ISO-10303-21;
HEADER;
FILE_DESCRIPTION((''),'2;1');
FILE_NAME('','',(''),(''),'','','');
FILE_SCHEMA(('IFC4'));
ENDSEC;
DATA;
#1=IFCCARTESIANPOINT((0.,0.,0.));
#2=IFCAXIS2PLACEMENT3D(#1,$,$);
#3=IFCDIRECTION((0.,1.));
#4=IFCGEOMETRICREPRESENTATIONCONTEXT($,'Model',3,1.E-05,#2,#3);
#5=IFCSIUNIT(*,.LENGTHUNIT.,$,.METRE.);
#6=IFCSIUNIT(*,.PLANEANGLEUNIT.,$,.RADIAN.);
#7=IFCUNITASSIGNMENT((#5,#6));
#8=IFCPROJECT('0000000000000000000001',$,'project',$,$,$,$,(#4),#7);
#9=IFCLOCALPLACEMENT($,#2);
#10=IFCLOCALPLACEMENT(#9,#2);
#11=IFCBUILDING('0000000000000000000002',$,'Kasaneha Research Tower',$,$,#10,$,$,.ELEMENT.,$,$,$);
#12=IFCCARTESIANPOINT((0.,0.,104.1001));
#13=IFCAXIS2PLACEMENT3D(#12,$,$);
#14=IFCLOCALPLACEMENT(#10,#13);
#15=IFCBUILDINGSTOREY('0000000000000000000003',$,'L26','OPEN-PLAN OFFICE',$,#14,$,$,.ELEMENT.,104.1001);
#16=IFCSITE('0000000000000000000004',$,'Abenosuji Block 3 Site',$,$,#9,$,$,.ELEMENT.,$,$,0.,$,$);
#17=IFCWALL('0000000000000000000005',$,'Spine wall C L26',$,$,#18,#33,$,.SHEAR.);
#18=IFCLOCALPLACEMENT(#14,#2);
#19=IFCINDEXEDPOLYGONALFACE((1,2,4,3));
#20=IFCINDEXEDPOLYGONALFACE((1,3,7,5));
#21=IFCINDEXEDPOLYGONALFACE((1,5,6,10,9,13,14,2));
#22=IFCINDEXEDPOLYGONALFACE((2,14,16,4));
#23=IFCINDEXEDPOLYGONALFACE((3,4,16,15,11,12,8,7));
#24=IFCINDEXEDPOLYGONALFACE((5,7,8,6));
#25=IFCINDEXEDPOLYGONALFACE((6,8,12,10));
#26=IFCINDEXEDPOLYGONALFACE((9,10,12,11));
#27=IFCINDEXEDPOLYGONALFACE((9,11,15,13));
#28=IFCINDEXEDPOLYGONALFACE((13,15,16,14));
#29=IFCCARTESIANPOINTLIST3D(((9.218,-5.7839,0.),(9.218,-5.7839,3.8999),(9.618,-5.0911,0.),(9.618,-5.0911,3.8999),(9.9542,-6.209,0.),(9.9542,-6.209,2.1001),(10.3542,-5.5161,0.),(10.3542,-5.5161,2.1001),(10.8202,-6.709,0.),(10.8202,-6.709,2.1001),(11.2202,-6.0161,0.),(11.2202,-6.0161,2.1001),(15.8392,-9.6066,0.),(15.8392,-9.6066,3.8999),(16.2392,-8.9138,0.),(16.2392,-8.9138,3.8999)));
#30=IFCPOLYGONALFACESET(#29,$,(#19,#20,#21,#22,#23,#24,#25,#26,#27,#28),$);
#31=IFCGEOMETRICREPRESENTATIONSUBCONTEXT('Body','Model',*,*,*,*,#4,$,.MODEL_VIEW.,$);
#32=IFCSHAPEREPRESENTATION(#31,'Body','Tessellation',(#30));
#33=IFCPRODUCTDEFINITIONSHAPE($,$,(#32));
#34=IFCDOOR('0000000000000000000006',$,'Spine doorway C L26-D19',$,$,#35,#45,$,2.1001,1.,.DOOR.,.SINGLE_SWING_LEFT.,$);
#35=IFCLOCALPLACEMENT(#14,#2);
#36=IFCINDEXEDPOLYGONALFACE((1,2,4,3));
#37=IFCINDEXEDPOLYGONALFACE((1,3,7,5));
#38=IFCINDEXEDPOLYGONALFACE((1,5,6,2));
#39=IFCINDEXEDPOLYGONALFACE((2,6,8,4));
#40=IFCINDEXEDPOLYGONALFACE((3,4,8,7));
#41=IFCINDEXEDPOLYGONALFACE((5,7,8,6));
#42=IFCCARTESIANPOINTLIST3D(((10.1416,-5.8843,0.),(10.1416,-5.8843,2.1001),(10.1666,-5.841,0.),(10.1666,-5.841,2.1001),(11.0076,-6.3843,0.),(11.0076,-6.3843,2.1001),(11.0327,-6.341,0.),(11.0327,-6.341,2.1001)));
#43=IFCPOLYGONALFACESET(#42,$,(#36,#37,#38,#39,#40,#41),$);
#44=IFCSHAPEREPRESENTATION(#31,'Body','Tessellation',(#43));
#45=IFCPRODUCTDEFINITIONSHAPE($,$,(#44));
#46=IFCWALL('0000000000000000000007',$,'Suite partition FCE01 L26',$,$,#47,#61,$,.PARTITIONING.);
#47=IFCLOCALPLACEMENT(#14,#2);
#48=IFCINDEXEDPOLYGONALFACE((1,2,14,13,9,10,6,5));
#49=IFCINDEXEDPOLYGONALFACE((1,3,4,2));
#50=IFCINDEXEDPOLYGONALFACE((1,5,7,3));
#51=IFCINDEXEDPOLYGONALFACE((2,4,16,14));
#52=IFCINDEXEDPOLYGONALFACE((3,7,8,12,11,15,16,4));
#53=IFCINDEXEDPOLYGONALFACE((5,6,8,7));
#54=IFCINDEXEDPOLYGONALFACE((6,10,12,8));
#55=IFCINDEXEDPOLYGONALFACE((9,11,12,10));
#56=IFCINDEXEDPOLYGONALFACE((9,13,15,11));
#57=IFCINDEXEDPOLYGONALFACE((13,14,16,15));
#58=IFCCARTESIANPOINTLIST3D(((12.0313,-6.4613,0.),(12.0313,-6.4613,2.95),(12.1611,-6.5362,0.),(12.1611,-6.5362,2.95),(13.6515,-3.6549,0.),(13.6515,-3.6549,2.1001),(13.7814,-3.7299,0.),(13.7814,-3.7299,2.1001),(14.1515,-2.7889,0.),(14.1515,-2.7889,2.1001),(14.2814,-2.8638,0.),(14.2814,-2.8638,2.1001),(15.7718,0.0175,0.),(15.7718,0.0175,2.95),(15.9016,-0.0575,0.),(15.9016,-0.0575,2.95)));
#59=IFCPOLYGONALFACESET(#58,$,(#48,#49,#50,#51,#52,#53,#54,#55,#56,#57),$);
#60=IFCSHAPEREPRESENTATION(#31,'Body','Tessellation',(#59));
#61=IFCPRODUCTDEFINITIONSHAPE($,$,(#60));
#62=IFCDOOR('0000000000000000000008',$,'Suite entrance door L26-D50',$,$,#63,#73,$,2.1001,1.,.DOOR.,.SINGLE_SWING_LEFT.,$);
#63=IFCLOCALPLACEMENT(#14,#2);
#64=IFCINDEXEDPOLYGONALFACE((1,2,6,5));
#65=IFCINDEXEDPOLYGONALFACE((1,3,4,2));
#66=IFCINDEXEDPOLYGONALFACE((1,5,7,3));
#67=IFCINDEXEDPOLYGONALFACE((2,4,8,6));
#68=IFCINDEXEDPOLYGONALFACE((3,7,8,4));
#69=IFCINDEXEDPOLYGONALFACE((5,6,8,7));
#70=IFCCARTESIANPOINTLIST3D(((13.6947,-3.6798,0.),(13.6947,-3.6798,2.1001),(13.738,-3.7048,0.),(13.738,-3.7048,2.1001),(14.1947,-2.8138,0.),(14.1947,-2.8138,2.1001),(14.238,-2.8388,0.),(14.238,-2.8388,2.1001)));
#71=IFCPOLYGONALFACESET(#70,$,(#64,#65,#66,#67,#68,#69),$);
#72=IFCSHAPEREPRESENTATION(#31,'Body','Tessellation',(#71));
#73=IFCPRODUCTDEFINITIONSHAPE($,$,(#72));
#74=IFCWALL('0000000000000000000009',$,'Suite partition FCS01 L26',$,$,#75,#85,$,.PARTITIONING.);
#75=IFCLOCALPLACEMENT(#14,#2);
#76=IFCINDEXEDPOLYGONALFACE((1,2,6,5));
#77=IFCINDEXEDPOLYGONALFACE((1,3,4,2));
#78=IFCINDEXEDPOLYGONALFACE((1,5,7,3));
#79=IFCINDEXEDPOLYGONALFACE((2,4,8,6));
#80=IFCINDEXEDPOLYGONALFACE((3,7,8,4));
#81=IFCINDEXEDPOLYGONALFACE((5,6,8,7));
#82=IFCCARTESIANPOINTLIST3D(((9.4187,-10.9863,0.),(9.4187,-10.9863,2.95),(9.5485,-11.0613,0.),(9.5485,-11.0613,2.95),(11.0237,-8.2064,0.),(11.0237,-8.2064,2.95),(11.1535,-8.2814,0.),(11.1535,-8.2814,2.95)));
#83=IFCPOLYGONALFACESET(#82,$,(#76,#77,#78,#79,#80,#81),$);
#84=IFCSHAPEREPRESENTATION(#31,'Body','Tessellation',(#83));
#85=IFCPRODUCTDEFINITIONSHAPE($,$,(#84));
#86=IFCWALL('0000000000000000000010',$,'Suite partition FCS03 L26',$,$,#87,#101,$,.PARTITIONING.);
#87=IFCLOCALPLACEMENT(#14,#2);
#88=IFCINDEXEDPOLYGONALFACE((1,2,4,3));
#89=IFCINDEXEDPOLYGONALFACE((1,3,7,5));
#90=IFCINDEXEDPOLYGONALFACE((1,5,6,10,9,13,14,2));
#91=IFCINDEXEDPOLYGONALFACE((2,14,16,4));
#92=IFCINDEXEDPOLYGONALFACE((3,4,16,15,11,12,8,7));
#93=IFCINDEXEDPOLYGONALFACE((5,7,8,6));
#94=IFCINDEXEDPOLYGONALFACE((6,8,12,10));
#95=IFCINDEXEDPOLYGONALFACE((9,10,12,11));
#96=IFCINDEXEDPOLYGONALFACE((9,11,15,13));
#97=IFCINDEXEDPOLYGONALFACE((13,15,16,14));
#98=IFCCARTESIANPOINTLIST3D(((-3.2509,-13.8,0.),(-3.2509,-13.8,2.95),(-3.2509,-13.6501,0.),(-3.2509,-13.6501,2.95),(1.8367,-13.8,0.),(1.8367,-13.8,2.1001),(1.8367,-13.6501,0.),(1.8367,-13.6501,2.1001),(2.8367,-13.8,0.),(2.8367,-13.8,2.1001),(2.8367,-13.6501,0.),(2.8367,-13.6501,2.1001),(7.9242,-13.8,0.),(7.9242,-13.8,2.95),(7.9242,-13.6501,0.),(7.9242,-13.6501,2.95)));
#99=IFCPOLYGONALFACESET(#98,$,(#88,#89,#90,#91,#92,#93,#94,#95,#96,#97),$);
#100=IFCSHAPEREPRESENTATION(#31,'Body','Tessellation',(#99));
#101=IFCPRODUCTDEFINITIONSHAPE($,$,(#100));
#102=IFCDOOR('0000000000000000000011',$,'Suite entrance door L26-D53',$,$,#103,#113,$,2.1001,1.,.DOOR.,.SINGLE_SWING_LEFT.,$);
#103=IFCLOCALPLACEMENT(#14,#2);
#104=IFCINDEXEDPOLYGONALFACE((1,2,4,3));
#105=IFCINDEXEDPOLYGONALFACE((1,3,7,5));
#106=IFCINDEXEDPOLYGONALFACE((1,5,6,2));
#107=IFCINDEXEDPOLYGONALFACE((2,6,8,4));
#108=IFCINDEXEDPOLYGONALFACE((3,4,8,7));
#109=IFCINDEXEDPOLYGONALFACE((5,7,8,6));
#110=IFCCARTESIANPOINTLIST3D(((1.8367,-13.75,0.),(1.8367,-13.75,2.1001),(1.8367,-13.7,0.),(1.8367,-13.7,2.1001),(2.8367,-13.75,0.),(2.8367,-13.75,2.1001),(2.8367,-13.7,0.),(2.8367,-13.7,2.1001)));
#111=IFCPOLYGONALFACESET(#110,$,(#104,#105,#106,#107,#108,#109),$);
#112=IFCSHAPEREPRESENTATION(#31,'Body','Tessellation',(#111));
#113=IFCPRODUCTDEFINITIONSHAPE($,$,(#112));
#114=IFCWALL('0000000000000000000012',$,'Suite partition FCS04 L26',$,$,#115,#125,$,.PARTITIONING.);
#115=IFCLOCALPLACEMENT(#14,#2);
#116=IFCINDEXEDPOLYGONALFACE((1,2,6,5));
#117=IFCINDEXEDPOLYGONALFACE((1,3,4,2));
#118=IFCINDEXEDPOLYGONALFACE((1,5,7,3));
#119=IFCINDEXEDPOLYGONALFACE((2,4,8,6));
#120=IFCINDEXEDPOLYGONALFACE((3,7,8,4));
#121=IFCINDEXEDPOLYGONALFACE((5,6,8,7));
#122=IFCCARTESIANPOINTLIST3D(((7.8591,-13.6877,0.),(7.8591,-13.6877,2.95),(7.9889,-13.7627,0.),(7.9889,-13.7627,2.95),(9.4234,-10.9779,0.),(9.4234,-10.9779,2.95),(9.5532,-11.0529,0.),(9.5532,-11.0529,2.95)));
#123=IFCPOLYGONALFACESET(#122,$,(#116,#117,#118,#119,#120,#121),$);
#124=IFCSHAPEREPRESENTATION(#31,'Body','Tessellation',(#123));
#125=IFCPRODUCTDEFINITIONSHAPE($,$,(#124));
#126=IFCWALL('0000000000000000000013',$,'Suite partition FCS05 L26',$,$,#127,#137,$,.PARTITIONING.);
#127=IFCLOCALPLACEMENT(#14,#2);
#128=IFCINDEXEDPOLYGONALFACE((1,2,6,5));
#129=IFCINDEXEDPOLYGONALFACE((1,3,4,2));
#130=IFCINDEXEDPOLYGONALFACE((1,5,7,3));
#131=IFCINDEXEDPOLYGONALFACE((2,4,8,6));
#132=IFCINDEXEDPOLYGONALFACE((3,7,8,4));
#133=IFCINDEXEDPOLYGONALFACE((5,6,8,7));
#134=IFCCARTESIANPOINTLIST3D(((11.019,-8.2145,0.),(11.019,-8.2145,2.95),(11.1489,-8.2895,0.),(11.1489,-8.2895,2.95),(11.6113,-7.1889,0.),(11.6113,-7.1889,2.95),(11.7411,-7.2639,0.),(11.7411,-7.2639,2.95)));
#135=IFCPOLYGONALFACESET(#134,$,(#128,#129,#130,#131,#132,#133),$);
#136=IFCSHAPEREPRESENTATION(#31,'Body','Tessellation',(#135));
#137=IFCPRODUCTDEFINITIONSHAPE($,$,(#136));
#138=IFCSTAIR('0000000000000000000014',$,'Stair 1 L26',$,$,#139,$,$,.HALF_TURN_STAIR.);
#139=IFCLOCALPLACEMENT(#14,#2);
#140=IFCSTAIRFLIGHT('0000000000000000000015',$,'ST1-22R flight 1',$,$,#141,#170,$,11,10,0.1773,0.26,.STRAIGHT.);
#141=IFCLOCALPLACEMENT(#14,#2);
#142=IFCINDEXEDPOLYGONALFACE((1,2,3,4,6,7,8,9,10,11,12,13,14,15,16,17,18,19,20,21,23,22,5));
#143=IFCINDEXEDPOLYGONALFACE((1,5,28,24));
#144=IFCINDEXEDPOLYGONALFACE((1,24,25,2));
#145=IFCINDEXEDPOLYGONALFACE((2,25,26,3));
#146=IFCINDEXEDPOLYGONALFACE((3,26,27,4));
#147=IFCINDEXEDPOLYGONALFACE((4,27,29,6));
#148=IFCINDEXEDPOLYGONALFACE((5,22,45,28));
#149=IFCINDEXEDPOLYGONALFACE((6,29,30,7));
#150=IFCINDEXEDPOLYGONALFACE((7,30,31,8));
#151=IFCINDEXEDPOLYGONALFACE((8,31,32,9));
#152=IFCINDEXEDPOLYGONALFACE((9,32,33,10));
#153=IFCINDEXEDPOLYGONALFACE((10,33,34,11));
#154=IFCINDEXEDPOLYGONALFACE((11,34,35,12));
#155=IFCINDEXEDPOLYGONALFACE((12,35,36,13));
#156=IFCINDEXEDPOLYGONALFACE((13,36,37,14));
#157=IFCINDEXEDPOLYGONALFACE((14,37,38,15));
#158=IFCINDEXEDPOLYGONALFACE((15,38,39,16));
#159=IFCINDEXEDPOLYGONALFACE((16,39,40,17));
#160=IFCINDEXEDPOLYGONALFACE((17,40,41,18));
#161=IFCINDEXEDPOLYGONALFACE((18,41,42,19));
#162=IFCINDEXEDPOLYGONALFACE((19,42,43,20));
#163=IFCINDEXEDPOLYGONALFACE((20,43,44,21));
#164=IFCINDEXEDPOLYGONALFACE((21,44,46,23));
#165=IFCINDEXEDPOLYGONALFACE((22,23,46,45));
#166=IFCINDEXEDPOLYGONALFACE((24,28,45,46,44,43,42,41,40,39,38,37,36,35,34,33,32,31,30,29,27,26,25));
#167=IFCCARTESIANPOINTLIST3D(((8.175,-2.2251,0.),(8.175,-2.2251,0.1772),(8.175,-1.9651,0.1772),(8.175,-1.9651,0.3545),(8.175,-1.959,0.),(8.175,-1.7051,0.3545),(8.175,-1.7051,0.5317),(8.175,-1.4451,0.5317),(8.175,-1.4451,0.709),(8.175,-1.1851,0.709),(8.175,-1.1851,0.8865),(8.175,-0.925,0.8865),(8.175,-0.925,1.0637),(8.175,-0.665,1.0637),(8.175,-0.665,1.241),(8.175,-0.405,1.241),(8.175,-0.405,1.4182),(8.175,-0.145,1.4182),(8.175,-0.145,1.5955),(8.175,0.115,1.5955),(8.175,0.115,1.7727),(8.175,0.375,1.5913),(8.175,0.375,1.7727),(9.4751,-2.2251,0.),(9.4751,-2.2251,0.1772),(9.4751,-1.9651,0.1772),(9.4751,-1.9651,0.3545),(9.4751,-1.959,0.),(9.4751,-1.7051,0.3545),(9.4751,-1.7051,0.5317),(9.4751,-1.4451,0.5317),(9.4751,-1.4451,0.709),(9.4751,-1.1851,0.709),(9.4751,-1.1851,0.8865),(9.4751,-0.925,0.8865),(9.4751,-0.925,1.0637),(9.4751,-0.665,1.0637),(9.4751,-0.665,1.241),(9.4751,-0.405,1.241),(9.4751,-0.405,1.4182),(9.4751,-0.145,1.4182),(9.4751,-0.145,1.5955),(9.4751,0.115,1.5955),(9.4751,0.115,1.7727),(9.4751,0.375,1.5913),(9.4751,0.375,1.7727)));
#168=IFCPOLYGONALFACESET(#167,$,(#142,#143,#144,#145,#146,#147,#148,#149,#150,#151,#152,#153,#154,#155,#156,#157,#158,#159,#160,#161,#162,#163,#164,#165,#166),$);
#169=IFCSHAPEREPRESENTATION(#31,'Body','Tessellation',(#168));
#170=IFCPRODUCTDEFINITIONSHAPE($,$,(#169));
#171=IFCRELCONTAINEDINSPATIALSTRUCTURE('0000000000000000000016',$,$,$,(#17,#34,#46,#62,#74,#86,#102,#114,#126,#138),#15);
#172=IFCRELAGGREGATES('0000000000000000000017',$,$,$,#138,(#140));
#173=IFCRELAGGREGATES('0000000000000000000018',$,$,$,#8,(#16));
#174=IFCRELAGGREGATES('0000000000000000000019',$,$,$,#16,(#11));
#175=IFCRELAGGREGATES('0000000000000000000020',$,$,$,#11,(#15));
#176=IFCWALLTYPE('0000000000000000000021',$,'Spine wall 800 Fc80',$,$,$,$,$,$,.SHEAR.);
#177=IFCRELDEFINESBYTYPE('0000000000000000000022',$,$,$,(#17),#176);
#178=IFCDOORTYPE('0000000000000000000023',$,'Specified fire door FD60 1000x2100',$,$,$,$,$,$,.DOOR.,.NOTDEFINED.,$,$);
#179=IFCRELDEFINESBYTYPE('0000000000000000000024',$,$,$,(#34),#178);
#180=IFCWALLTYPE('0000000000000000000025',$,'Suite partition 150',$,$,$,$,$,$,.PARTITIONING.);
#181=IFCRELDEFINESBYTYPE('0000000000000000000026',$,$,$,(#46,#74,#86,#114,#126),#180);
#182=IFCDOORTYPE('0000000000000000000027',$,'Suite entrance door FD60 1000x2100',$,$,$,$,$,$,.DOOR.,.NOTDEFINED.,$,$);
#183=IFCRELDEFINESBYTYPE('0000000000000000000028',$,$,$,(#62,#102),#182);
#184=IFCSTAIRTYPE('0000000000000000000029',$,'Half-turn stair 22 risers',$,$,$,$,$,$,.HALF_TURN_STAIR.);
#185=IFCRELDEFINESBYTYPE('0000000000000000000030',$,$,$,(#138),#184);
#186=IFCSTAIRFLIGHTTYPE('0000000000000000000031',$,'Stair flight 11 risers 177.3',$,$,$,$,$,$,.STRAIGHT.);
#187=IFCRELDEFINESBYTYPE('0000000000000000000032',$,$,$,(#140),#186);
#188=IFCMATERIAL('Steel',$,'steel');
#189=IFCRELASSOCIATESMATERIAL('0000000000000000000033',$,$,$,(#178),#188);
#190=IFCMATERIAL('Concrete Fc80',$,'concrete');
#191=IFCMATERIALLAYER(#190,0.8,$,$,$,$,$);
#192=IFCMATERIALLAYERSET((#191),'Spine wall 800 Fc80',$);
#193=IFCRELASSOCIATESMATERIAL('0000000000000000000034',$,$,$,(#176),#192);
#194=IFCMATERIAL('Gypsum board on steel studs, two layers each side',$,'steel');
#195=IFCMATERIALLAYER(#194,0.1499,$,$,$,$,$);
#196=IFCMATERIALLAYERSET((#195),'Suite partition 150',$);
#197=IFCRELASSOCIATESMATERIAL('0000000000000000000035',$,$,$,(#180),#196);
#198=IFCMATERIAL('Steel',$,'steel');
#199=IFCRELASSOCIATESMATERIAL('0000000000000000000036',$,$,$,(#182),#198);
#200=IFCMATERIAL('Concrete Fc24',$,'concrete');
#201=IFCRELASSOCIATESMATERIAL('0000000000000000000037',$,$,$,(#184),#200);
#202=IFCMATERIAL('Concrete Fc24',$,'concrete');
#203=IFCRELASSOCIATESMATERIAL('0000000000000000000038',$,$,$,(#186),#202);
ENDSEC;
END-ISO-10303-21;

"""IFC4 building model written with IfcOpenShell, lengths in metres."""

from ifc_helpers import new_model, si_unit, direction, frame, frame_2d, origin, place, context, subcontext, project, spatial, polyline, rectangle, outline, extrude, material, layer, layer_set, type_object, element, fill, aggregate, save


model = new_model("IFC4")

# Units and contexts
model_context = context("Model", 3, precision=1e-05, world=origin(), true_north=direction((0.0, 1.0)))
body_context = subcontext(model_context, "Body", "Model", "MODEL_VIEW")
ifc_project = project(units=[si_unit("LENGTHUNIT", "METRE"), si_unit("PLANEANGLEUNIT", "RADIAN")], contexts=[model_context])

# Site, building, storey
site_placement = place(None, origin())
site = spatial("IfcSite", under=ifc_project, at=site_placement, Name="Abenosuji Block 3 Site", CompositionType="ELEMENT", RefElevation=0.0)
building_placement = place(site_placement, origin())
building = spatial("IfcBuilding", under=site, at=building_placement, Name="Kasaneha Research Tower", CompositionType="ELEMENT")
storey_placement = place(building_placement, frame((0.0, 0.0, 104.1001)))
storey = spatial("IfcBuildingStorey", under=building, at=storey_placement, Name="L26", Description="OPEN-PLAN OFFICE", CompositionType="ELEMENT", Elevation=104.1001)

# Shared definitions
ifc_material_1 = material(Name="Steel", Category="steel")
door_type_1 = type_object("IfcDoorType", Name="Specified fire door FD60 1000x2100", OperationType="NOTDEFINED", PredefinedType="DOOR", material=ifc_material_1)

# Walls, openings, doors
ifc_material_2 = material(Name="Concrete Fc80", Category="concrete")
ifc_layer_1 = layer(ifc_material_2, 0.8)
ifc_layer_set_1 = layer_set([ifc_layer_1], Name="Spine wall 800 Fc80")
wall_type_1 = type_object("IfcWallType", Name="Spine wall 800 Fc80", PredefinedType="SHEAR", material=ifc_layer_set_1)
wall_1_placement = place(storey_placement, frame((9.418, -5.4375, 0.0), z_axis=(0.0, 0.0, 1.0), x_axis=(0.86603, -0.499992, 0.0)))
wall_1 = element("IfcWall", 1, at=wall_1_placement, inside=storey, type_object=wall_type_1, Name="Spine wall C L26", PredefinedType="SHEAR", context=body_context, shape_type="SweptSolid", body=[
    extrude(rectangle(XDim=7.6455, YDim=0.8, at=frame_2d((3.8228, 0.0))), origin(), (0.0, 0.0, 1.0), 3.8999),
])
opening_1_placement = place(wall_1_placement, frame((0.8501, 0.0, 0.0)))
opening_1 = element("IfcOpeningElement", 2, at=opening_1_placement, cuts=wall_1, PredefinedType="OPENING", context=body_context, shape_type="SweptSolid", body=[
    extrude(rectangle(XDim=1.0, YDim=2.1001, at=frame_2d((0.5, 1.05))), frame((0.0, 0.4102, 0.0), z_axis=(0.0, -1.0, 0.0), x_axis=(1.0, 0.0, 0.0)), (0.0, 0.0, 1.0), 0.8201),
])
door_1_placement = place(opening_1_placement, origin())
door_1 = element("IfcDoor", 3, at=door_1_placement, inside=storey, type_object=door_type_1, Name="Spine doorway C L26-D19", OperationType="SINGLE_SWING_LEFT", OverallHeight=2.1001, OverallWidth=1.0, PredefinedType="DOOR", context=body_context, shape_type="SweptSolid", body=[
    extrude(rectangle(XDim=1.0, YDim=2.1001, at=frame_2d((0.5, 1.05))), frame((0.0, 0.0249, 0.0), z_axis=(0.0, -1.0, 0.0), x_axis=(1.0, 0.0, 0.0)), (0.0, 0.0, 1.0), 0.05),
])
fill(opening_1, door_1)
ifc_material_3 = material(Name="Gypsum board on steel studs, two layers each side", Category="steel")
ifc_layer_2 = layer(ifc_material_3, 0.1499)
ifc_layer_set_2 = layer_set([ifc_layer_2], Name="Suite partition 150")
wall_type_2 = type_object("IfcWallType", Name="Suite partition 150", PredefinedType="PARTITIONING", material=ifc_layer_set_2)
wall_2_placement = place(storey_placement, frame((15.8367, -0.02, 0.0), z_axis=(0.0, 0.0, 1.0), x_axis=(-0.499996, -0.866027, 0.0)))
wall_2 = element("IfcWall", 4, at=wall_2_placement, inside=storey, type_object=wall_type_2, Name="Suite partition FCE01 L26", PredefinedType="PARTITIONING", context=body_context, shape_type="SweptSolid", body=[
    extrude(rectangle(XDim=7.481, YDim=0.1499, at=frame_2d((3.7405, 0.0))), origin(), (0.0, 0.0, 1.0), 2.95),
])
opening_2_placement = place(wall_2_placement, frame((3.2405, 0.0, 0.0)))
opening_2 = element("IfcOpeningElement", 5, at=opening_2_placement, cuts=wall_2, PredefinedType="OPENING", context=body_context, shape_type="SweptSolid", body=[
    extrude(rectangle(XDim=1.0, YDim=2.1001, at=frame_2d((0.5, 1.05))), frame((0.0, 0.085, 0.0), z_axis=(0.0, -1.0, 0.0), x_axis=(1.0, 0.0, 0.0)), (0.0, 0.0, 1.0), 0.1699),
])
ifc_material_4 = material(Name="Steel", Category="steel")
door_type_2 = type_object("IfcDoorType", Name="Suite entrance door FD60 1000x2100", OperationType="NOTDEFINED", PredefinedType="DOOR", material=ifc_material_4)
door_2_placement = place(opening_2_placement, origin())
door_2 = element("IfcDoor", 6, at=door_2_placement, inside=storey, type_object=door_type_2, Name="Suite entrance door L26-D50", OperationType="SINGLE_SWING_LEFT", OverallHeight=2.1001, OverallWidth=1.0, PredefinedType="DOOR", context=body_context, shape_type="SweptSolid", body=[
    extrude(rectangle(XDim=1.0, YDim=2.1001, at=frame_2d((0.5, 1.05))), frame((0.0, 0.0249, 0.0), z_axis=(0.0, -1.0, 0.0), x_axis=(1.0, 0.0, 0.0)), (0.0, 0.0, 1.0), 0.05),
])
fill(opening_2, door_2)

# Wall
wall_3_placement = place(storey_placement, frame((11.0886, -8.2439, 0.0), z_axis=(0.0, 0.0, 1.0), x_axis=(-0.500017, -0.866016, 0.0)))
element("IfcWall", 7, at=wall_3_placement, inside=storey, type_object=wall_type_2, Name="Suite partition FCS01 L26", PredefinedType="PARTITIONING", context=body_context, shape_type="SweptSolid", body=[
    extrude(rectangle(XDim=3.21, YDim=0.1499, at=frame_2d((1.605, 0.0))), origin(), (0.0, 0.0, 1.0), 2.95),
])

# Wall, opening, door
wall_4_placement = place(storey_placement, frame((7.9241, -13.7251, 0.0), z_axis=(0.0, 0.0, 1.0), x_axis=(-1.0, 0.0, 0.0)))
wall_4 = element("IfcWall", 8, at=wall_4_placement, inside=storey, type_object=wall_type_2, Name="Suite partition FCS03 L26", PredefinedType="PARTITIONING", context=body_context, shape_type="SweptSolid", body=[
    extrude(rectangle(XDim=11.175, YDim=0.1499, at=frame_2d((5.5874, 0.0))), origin(), (0.0, 0.0, 1.0), 2.95),
])
opening_3_placement = place(wall_4_placement, frame((5.0874, 0.0, 0.0)))
opening_3 = element("IfcOpeningElement", 9, at=opening_3_placement, cuts=wall_4, PredefinedType="OPENING", context=body_context, shape_type="SweptSolid", body=[
    extrude(rectangle(XDim=1.0, YDim=2.1001, at=frame_2d((0.5, 1.05))), frame((0.0, 0.085, 0.0), z_axis=(0.0, -1.0, 0.0), x_axis=(1.0, 0.0, 0.0)), (0.0, 0.0, 1.0), 0.1699),
])
door_3_placement = place(opening_3_placement, origin())
door_3 = element("IfcDoor", 10, at=door_3_placement, inside=storey, type_object=door_type_2, Name="Suite entrance door L26-D53", OperationType="SINGLE_SWING_LEFT", OverallHeight=2.1001, OverallWidth=1.0, PredefinedType="DOOR", context=body_context, shape_type="SweptSolid", body=[
    extrude(rectangle(XDim=1.0, YDim=2.1001, at=frame_2d((0.5, 1.05))), frame((0.0, 0.0249, 0.0), z_axis=(0.0, -1.0, 0.0), x_axis=(1.0, 0.0, 0.0)), (0.0, 0.0, 1.0), 0.05),
])
fill(opening_3, door_3)

# Walls
wall_5_placement = place(storey_placement, frame((9.4883, -11.0154, 0.0), z_axis=(0.0, 0.0, 1.0), x_axis=(-0.499941, -0.86606, 0.0)))
element("IfcWall", 11, at=wall_5_placement, inside=storey, type_object=wall_type_2, Name="Suite partition FCS04 L26", PredefinedType="PARTITIONING", context=body_context, shape_type="SweptSolid", body=[
    extrude(rectangle(XDim=3.1289, YDim=0.1499, at=frame_2d((1.5645, 0.0))), origin(), (0.0, 0.0, 1.0), 2.95),
])
wall_6_placement = place(storey_placement, frame((11.6763, -7.2263, 0.0), z_axis=(0.0, 0.0, 1.0), x_axis=(-0.500085, -0.865976, 0.0)))
element("IfcWall", 12, at=wall_6_placement, inside=storey, type_object=wall_type_2, Name="Suite partition FCS05 L26", PredefinedType="PARTITIONING", context=body_context, shape_type="SweptSolid", body=[
    extrude(rectangle(XDim=1.1843, YDim=0.1499, at=frame_2d((0.5923, 0.0))), origin(), (0.0, 0.0, 1.0), 2.95),
])

# Stair, stair flight
ifc_material_5 = material(Name="Concrete Fc24", Category="concrete")
stair_type = type_object("IfcStairType", Name="Half-turn stair 22 risers", PredefinedType="HALF_TURN_STAIR", material=ifc_material_5)
stair_placement = place(storey_placement, origin())
stair = element("IfcStair", 13, at=stair_placement, inside=storey, type_object=stair_type, Name="Stair 1 L26", PredefinedType="HALF_TURN_STAIR")
ifc_material_6 = material(Name="Concrete Fc24", Category="concrete")
stair_flight_type = type_object("IfcStairFlightType", Name="Stair flight 11 risers 177.3", PredefinedType="STRAIGHT", material=ifc_material_6)
stair_flight_placement = place(storey_placement, frame((8.825, -2.2251, 0.0), z_axis=(0.0, 0.0, 1.0), x_axis=(0.0, 1.0, 0.0)))
stair_flight = element("IfcStairFlight", 14, at=stair_flight_placement, type_object=stair_flight_type, Name="ST1-22R flight 1", NumberOfRisers=11, NumberOfTreads=10, PredefinedType="STRAIGHT", RiserHeight=0.1773, TreadLength=0.26, context=body_context, shape_type="SweptSolid", body=[
    extrude(outline(polyline([(0.0, 0.0), (0.0, 0.1772), (0.26, 0.1772), (0.26, 0.3545), (0.52, 0.3545), (0.52, 0.5317), (0.78, 0.5317), (0.78, 0.709), (1.04, 0.709), (1.04, 0.8865), (1.3, 0.8865), (1.3, 1.0637), (1.5601, 1.0637), (1.5601, 1.241), (1.8201, 1.241), (1.8201, 1.4182), (2.0801, 1.4182), (2.0801, 1.5955), (2.3401, 1.5955), (2.3401, 1.7727), (2.6001, 1.7727), (2.6001, 1.95), (2.6001, 1.5913), (0.2661, 0.0), (0.0, 0.0)])), frame((0.0, 0.6499, 0.0), z_axis=(0.0, -1.0, 0.0), x_axis=(1.0, 0.0, 0.0)), (0.0, 0.0, 1.0), 1.3),
])
aggregate(stair, [stair_flight])

save(model, "model.ifc")
